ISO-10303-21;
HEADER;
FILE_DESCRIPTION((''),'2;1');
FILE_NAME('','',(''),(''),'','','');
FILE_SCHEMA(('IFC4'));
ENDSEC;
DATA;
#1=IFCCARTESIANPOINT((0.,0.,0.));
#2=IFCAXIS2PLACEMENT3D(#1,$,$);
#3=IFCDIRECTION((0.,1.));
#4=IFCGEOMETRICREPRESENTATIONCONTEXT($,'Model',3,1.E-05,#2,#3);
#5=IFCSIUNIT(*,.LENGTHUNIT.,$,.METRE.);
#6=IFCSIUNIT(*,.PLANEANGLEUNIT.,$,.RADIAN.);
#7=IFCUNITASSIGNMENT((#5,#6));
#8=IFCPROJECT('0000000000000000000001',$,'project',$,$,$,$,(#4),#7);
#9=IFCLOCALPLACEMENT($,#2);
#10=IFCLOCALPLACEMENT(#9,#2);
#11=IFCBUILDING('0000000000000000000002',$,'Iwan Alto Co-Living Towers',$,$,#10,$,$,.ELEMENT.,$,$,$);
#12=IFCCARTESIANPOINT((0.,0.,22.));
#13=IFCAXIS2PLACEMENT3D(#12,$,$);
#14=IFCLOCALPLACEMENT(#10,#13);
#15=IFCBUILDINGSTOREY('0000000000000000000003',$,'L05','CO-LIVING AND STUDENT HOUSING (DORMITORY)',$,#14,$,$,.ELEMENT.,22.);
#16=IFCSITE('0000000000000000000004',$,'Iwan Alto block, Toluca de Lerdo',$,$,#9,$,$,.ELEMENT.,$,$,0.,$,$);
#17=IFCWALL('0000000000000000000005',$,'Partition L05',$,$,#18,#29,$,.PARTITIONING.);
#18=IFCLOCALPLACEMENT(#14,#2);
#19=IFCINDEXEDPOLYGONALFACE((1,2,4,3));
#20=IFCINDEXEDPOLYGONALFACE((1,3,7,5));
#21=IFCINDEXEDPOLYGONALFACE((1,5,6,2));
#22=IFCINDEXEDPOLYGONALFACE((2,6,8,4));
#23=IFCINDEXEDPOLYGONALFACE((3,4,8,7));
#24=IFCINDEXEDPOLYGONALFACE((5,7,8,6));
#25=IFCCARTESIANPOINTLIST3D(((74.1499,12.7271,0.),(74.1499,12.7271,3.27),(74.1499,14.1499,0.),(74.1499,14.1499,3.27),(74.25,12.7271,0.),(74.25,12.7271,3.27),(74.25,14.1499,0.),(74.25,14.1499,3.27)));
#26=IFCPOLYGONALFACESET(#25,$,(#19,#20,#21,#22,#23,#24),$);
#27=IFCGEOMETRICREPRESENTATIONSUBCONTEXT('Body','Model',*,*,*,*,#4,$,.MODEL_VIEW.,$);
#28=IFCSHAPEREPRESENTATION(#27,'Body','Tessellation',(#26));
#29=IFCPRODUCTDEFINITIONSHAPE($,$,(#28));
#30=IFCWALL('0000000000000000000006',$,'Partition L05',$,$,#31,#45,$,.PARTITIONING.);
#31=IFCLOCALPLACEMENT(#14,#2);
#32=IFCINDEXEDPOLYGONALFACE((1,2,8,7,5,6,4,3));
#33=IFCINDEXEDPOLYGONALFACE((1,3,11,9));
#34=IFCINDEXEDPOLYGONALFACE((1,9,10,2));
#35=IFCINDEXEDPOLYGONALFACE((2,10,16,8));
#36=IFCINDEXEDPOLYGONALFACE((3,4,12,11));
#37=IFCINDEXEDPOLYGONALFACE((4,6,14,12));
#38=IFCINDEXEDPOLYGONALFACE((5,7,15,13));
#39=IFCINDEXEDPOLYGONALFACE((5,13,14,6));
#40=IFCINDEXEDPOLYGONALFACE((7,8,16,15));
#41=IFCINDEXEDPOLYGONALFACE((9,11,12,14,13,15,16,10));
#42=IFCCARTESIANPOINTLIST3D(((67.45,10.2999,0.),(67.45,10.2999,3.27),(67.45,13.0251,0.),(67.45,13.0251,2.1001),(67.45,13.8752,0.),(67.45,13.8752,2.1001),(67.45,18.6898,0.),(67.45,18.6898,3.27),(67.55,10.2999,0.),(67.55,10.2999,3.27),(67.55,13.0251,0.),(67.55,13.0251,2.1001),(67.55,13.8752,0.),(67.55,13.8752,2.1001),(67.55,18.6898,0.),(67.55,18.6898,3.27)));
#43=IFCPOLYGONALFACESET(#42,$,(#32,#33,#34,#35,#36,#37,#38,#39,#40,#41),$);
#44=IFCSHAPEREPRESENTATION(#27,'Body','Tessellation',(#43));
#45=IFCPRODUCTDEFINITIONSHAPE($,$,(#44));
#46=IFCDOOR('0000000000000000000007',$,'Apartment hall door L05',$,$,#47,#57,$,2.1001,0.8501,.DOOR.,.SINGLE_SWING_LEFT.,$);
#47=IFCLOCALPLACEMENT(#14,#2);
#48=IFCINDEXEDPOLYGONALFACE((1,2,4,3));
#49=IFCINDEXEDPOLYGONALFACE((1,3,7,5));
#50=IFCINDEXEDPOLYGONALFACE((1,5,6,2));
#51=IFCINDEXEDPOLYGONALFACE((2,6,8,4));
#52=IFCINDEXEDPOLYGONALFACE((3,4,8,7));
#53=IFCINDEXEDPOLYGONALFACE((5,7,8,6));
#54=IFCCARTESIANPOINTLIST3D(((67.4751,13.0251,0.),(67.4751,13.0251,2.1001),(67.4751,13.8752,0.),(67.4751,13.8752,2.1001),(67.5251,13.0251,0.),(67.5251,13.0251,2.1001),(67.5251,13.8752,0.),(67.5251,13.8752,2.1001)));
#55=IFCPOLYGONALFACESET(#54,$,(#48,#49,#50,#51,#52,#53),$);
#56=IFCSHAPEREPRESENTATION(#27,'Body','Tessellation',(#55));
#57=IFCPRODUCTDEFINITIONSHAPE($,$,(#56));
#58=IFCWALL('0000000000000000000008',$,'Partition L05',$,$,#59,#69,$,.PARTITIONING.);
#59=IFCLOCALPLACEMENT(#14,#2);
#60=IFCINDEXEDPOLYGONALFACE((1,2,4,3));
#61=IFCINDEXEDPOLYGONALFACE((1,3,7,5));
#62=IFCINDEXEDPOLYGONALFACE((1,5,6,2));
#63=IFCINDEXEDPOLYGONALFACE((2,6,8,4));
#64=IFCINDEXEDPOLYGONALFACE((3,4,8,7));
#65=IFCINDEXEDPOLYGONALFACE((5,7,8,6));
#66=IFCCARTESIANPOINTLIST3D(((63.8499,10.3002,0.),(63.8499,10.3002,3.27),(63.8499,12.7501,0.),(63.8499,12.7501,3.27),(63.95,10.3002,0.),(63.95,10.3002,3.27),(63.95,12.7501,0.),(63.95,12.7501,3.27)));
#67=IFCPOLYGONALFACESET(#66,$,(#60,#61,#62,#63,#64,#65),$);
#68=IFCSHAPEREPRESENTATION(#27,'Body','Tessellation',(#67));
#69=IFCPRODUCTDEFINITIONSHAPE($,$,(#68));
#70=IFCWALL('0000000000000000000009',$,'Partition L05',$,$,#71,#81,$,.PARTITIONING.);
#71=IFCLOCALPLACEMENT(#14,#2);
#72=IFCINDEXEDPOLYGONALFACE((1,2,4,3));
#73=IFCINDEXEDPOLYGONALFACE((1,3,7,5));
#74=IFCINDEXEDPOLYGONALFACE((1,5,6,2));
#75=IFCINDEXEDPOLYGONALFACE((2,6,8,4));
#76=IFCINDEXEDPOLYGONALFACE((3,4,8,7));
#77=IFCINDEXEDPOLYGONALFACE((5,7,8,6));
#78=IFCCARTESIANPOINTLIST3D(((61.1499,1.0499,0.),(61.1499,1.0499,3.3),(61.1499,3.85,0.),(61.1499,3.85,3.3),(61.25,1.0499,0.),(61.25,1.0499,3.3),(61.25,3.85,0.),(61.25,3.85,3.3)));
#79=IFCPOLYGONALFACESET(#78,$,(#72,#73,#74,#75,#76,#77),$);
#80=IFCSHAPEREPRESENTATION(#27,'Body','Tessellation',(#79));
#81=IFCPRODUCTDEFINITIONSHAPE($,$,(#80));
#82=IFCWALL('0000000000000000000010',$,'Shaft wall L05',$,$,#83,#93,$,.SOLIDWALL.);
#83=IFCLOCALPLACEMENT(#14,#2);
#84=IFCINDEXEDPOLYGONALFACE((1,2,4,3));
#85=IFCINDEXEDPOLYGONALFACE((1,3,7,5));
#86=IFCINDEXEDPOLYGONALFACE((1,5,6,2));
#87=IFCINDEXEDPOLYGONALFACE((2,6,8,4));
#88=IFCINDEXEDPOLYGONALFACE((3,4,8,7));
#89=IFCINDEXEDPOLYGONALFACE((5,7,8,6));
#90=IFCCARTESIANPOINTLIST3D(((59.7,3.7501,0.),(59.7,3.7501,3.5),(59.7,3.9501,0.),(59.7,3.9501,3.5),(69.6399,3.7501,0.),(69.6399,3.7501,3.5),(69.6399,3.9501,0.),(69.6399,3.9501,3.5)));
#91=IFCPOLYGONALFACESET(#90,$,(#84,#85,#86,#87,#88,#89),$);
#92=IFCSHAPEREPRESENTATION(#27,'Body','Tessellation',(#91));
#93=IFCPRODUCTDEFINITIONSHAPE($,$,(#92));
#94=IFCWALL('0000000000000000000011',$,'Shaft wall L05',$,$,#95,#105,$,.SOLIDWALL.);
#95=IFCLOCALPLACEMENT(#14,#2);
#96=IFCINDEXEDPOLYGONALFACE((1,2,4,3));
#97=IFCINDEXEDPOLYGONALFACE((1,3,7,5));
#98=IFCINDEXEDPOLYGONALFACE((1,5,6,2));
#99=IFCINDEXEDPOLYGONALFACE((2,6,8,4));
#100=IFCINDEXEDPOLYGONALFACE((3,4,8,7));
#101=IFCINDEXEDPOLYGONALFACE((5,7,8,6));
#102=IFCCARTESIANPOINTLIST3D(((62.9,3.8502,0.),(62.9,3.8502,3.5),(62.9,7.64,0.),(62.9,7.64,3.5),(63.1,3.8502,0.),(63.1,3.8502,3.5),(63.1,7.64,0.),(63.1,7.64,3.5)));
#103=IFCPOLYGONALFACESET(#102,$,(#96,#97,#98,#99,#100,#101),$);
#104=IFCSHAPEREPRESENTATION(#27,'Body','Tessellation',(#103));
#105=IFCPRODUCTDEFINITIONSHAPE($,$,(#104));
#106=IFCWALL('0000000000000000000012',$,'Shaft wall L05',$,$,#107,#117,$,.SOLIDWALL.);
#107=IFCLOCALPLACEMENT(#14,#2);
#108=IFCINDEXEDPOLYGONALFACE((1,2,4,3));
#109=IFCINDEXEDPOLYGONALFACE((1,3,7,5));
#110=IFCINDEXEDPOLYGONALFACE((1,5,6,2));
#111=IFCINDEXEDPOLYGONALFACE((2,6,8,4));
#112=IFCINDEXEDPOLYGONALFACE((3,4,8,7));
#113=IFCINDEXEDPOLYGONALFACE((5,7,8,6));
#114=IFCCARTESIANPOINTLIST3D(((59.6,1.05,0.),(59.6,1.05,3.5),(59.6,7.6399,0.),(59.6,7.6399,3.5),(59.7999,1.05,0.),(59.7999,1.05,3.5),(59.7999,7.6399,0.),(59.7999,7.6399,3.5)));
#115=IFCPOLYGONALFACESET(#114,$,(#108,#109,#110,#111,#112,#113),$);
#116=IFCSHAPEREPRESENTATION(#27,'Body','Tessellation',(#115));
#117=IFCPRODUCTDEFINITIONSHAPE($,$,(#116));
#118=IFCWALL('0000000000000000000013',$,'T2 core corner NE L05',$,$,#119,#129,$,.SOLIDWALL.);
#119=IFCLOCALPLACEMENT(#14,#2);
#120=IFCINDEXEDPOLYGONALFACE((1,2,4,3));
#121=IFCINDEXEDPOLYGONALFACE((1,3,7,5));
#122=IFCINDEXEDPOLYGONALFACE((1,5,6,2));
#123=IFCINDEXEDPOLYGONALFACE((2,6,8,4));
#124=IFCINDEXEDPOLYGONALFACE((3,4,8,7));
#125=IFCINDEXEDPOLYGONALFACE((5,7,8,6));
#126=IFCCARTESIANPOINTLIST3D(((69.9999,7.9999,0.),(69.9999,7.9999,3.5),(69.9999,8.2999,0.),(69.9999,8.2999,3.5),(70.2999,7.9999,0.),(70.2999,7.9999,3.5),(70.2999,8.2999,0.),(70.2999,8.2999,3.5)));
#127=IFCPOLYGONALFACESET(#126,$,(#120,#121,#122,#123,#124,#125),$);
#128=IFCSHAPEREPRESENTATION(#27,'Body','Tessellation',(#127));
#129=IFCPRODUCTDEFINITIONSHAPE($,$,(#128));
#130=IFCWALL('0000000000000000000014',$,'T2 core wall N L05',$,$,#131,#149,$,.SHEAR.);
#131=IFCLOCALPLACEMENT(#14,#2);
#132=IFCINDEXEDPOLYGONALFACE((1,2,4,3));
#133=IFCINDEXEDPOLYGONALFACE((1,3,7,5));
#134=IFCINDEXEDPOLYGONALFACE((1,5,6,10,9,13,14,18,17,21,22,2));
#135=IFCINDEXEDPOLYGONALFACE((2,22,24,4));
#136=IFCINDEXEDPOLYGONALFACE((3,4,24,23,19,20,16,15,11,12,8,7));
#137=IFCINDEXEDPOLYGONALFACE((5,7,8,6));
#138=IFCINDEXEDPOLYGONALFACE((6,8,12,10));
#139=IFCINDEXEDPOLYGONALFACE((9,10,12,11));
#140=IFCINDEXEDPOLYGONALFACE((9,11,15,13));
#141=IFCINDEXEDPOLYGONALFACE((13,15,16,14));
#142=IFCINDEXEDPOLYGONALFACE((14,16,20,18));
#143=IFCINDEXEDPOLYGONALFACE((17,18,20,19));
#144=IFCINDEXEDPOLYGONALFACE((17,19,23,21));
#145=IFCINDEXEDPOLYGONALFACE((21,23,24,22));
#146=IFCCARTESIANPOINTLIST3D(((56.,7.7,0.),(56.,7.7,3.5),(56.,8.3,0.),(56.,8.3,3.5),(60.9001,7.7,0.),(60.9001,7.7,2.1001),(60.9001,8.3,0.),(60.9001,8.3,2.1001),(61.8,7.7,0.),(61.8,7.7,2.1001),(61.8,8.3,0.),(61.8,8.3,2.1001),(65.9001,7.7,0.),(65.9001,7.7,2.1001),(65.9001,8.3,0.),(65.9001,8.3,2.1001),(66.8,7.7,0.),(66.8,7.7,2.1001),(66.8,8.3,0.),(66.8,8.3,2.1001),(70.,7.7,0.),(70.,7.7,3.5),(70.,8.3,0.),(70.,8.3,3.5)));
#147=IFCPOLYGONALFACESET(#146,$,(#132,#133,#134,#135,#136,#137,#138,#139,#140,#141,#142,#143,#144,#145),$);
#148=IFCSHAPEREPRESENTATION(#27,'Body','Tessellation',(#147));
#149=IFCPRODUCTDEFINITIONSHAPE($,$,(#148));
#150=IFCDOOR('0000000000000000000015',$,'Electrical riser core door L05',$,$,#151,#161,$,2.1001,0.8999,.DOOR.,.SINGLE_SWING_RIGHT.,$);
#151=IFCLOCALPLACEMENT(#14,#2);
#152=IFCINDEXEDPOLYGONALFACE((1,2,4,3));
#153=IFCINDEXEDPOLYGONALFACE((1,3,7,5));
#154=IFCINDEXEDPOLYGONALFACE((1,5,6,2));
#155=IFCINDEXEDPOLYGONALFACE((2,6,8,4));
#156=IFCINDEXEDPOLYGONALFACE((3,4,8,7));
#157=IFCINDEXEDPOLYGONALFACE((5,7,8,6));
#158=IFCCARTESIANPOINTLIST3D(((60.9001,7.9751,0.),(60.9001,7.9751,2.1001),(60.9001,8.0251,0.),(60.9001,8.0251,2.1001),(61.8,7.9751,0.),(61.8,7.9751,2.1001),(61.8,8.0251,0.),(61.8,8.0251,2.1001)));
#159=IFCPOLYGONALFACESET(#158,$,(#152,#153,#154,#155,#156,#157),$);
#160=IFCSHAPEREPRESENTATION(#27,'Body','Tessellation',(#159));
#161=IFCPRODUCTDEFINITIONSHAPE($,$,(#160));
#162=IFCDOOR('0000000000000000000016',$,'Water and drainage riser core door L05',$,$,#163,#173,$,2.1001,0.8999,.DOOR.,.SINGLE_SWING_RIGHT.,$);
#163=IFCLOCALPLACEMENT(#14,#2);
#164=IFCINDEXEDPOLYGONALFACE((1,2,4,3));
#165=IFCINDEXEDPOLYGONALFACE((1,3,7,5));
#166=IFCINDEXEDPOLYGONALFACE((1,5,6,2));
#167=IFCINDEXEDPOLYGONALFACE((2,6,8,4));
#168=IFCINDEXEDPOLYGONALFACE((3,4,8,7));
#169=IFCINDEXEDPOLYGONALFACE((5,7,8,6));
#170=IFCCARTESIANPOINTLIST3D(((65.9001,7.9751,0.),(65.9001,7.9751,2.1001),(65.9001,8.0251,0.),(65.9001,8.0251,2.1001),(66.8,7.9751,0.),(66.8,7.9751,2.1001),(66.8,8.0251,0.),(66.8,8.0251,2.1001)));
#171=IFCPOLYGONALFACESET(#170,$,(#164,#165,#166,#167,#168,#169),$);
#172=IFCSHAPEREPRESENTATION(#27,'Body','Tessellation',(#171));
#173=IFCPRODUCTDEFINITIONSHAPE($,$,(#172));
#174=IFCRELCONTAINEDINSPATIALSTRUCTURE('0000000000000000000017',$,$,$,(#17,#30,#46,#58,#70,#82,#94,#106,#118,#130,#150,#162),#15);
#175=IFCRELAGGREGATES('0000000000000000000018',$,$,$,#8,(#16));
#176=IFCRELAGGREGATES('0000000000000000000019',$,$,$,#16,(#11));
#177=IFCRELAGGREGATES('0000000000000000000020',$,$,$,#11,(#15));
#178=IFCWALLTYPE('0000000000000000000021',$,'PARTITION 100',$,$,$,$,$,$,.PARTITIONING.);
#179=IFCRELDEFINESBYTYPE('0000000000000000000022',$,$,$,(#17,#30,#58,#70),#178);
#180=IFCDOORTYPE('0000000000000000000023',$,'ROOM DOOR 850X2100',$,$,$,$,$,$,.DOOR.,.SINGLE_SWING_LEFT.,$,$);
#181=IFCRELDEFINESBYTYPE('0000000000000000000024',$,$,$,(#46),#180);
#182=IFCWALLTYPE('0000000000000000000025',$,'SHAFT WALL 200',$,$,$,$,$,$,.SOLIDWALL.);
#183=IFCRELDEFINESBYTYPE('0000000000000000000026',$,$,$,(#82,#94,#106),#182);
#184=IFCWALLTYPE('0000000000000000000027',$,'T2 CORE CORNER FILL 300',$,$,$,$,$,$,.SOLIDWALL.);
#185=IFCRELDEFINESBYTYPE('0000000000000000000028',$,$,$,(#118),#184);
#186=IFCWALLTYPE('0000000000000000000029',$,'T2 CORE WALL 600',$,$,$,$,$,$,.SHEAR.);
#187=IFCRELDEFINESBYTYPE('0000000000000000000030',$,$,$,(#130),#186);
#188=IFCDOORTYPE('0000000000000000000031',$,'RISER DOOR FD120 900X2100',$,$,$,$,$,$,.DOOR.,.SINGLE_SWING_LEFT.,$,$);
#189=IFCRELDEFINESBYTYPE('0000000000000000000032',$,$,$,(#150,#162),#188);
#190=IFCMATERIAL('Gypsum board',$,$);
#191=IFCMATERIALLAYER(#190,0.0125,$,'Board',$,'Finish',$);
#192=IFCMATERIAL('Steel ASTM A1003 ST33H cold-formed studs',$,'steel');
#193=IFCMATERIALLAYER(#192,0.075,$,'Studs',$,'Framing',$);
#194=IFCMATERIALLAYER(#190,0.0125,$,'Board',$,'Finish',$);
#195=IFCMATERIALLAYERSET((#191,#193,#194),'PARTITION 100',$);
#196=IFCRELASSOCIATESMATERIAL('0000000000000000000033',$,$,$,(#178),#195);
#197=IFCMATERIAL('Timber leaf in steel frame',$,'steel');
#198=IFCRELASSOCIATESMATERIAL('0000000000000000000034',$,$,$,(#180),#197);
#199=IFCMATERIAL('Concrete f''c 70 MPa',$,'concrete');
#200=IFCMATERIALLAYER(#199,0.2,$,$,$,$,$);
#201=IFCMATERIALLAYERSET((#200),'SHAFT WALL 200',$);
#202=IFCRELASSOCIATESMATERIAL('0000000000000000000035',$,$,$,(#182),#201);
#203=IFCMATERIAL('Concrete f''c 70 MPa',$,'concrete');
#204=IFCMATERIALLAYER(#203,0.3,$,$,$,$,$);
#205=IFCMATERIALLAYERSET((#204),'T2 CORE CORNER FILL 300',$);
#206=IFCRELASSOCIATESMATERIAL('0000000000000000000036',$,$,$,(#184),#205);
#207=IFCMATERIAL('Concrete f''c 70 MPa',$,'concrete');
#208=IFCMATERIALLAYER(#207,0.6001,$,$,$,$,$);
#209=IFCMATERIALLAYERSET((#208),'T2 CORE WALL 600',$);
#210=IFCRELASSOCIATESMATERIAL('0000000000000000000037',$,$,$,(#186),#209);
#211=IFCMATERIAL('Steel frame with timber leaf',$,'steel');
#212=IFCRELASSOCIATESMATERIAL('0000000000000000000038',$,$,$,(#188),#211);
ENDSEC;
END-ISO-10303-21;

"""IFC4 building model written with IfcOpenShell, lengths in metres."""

from ifc_helpers import new_model, si_unit, direction, frame, frame_2d, origin, place, context, subcontext, project, spatial, rectangle, extrude, material, layer, layer_set, type_object, element, fill, save


model = new_model("IFC4")

# Units and contexts
model_context = context("Model", 3, precision=1e-05, world=origin(), true_north=direction((0.0, 1.0)))
body_context = subcontext(model_context, "Body", "Model", "MODEL_VIEW")
ifc_project = project(units=[si_unit("LENGTHUNIT", "METRE"), si_unit("PLANEANGLEUNIT", "RADIAN")], contexts=[model_context])

# Site, building, storey
site_placement = place(None, origin())
site = spatial("IfcSite", under=ifc_project, at=site_placement, Name="Iwan Alto block, Toluca de Lerdo", CompositionType="ELEMENT", RefElevation=0.0)
building_placement = place(site_placement, origin())
building = spatial("IfcBuilding", under=site, at=building_placement, Name="Iwan Alto Co-Living Towers", CompositionType="ELEMENT")
storey_placement = place(building_placement, frame((0.0, 0.0, 22.0)))
storey = spatial("IfcBuildingStorey", under=building, at=storey_placement, Name="L05", Description="CO-LIVING AND STUDENT HOUSING (DORMITORY)", CompositionType="ELEMENT", Elevation=22.0)

# Shared definitions
ifc_material_1 = material(Name="Gypsum board")
ifc_layer_1 = layer(ifc_material_1, 0.0125, Name="Board", Category="Finish")
ifc_material_2 = material(Name="Steel ASTM A1003 ST33H cold-formed studs", Category="steel")
ifc_layer_2 = layer(ifc_material_2, 0.075, Name="Studs", Category="Framing")
ifc_layer_3 = layer(ifc_material_1, 0.0125, Name="Board", Category="Finish")
ifc_layer_set_1 = layer_set([ifc_layer_1, ifc_layer_2, ifc_layer_3], Name="PARTITION 100")
wall_type_1 = type_object("IfcWallType", Name="PARTITION 100", PredefinedType="PARTITIONING", material=ifc_layer_set_1)
ifc_material_3 = material(Name="Timber leaf in steel frame", Category="steel")
door_type_1 = type_object("IfcDoorType", Name="ROOM DOOR 850X2100", OperationType="SINGLE_SWING_LEFT", PredefinedType="DOOR", material=ifc_material_3)

# Wall
wall_1_placement = place(storey_placement, frame((74.2, 12.7271, 0.0), z_axis=(0.0, 0.0, 1.0), x_axis=(0.0, 1.0, 0.0)))
element("IfcWall", 1, at=wall_1_placement, inside=storey, type_object=wall_type_1, Name="Partition L05", PredefinedType="PARTITIONING", context=body_context, shape_type="SweptSolid", body=[
    extrude(rectangle(XDim=1.4229, YDim=0.1001, at=frame_2d((0.7114, 0.0))), origin(), (0.0, 0.0, 1.0), 3.27),
])

# Wall, opening, door
wall_2_placement = place(storey_placement, frame((67.5, 10.3, 0.0), z_axis=(0.0, 0.0, 1.0), x_axis=(0.0, 1.0, 0.0)))
wall_2 = element("IfcWall", 2, at=wall_2_placement, inside=storey, type_object=wall_type_1, Name="Partition L05", PredefinedType="PARTITIONING", context=body_context, shape_type="SweptSolid", body=[
    extrude(rectangle(XDim=8.3899, YDim=0.1001, at=frame_2d((4.1948, 0.0))), origin(), (0.0, 0.0, 1.0), 3.27),
])
opening_1_placement = place(wall_2_placement, frame((2.7251, 0.0, 0.0)))
opening_1 = element("IfcOpeningElement", 3, at=opening_1_placement, cuts=wall_2, PredefinedType="OPENING", context=body_context, shape_type="SweptSolid", body=[
    extrude(rectangle(XDim=0.8501, YDim=2.1001, at=frame_2d((0.425, 1.05))), frame((0.0, 0.0601, 0.0), z_axis=(0.0, -1.0, 0.0), x_axis=(1.0, 0.0, 0.0)), (0.0, 0.0, 1.0), 0.1201),
])
door_1_placement = place(opening_1_placement, origin())
door_1 = element("IfcDoor", 4, at=door_1_placement, inside=storey, type_object=door_type_1, Name="Apartment hall door L05", OperationType="SINGLE_SWING_LEFT", OverallHeight=2.1001, OverallWidth=0.8501, PredefinedType="DOOR", context=body_context, shape_type="SweptSolid", body=[
    extrude(rectangle(XDim=0.8501, YDim=2.1001, at=frame_2d((0.425, 1.05))), frame((0.0, 0.0249, 0.0), z_axis=(0.0, -1.0, 0.0), x_axis=(1.0, 0.0, 0.0)), (0.0, 0.0, 1.0), 0.05),
])
fill(opening_1, door_1)

# Walls
wall_3_placement = place(storey_placement, frame((63.8999, 10.3, 0.0), z_axis=(0.0, 0.0, 1.0), x_axis=(0.0, 1.0, 0.0)))
element("IfcWall", 5, at=wall_3_placement, inside=storey, type_object=wall_type_1, Name="Partition L05", PredefinedType="PARTITIONING", context=body_context, shape_type="SweptSolid", body=[
    extrude(rectangle(XDim=2.45, YDim=0.1001, at=frame_2d((1.2251, 0.0))), origin(), (0.0, 0.0, 1.0), 3.27),
])
wall_4_placement = place(storey_placement, frame((61.2, 1.05, 0.0), z_axis=(0.0, 0.0, 1.0), x_axis=(0.0, 1.0, 0.0)))
element("IfcWall", 6, at=wall_4_placement, inside=storey, type_object=wall_type_1, Name="Partition L05", PredefinedType="PARTITIONING", context=body_context, shape_type="SweptSolid", body=[
    extrude(rectangle(XDim=2.8, YDim=0.1001, at=frame_2d((1.3999, 0.0))), origin(), (0.0, 0.0, 1.0), 3.3),
])
ifc_material_4 = material(Name="Concrete f'c 70 MPa", Category="concrete")
ifc_layer_4 = layer(ifc_material_4, 0.2)
ifc_layer_set_2 = layer_set([ifc_layer_4], Name="SHAFT WALL 200")
wall_type_2 = type_object("IfcWallType", Name="SHAFT WALL 200", PredefinedType="SOLIDWALL", material=ifc_layer_set_2)
wall_5_placement = place(storey_placement, frame((59.7, 3.8501, 0.0), z_axis=(0.0, 0.0, 1.0), x_axis=(1.0, 0.0, 0.0)))
element("IfcWall", 7, at=wall_5_placement, inside=storey, type_object=wall_type_2, Name="Shaft wall L05", PredefinedType="SOLIDWALL", context=body_context, shape_type="SweptSolid", body=[
    extrude(rectangle(XDim=9.9399, YDim=0.2, at=frame_2d((4.97, 0.0))), origin(), (0.0, 0.0, 1.0), 3.5),
])
wall_6_placement = place(storey_placement, frame((63.0, 3.8501, 0.0), z_axis=(0.0, 0.0, 1.0), x_axis=(0.0, 1.0, 0.0)))
element("IfcWall", 8, at=wall_6_placement, inside=storey, type_object=wall_type_2, Name="Shaft wall L05", PredefinedType="SOLIDWALL", context=body_context, shape_type="SweptSolid", body=[
    extrude(rectangle(XDim=3.7898, YDim=0.2, at=frame_2d((1.895, 0.0))), origin(), (0.0, 0.0, 1.0), 3.5),
])
wall_7_placement = place(storey_placement, frame((59.7, 1.05, 0.0), z_axis=(0.0, 0.0, 1.0), x_axis=(0.0, 1.0, 0.0)))
element("IfcWall", 9, at=wall_7_placement, inside=storey, type_object=wall_type_2, Name="Shaft wall L05", PredefinedType="SOLIDWALL", context=body_context, shape_type="SweptSolid", body=[
    extrude(rectangle(XDim=6.5898, YDim=0.2, at=frame_2d((3.2949, 0.0))), origin(), (0.0, 0.0, 1.0), 3.5),
])
ifc_material_5 = material(Name="Concrete f'c 70 MPa", Category="concrete")
ifc_layer_5 = layer(ifc_material_5, 0.3)
ifc_layer_set_3 = layer_set([ifc_layer_5], Name="T2 CORE CORNER FILL 300")
wall_type_3 = type_object("IfcWallType", Name="T2 CORE CORNER FILL 300", PredefinedType="SOLIDWALL", material=ifc_layer_set_3)
wall_8_placement = place(storey_placement, frame((70.0, 8.1499, 0.0), z_axis=(0.0, 0.0, 1.0), x_axis=(1.0, 0.0, 0.0)))
element("IfcWall", 10, at=wall_8_placement, inside=storey, type_object=wall_type_3, Name="T2 core corner NE L05", PredefinedType="SOLIDWALL", context=body_context, shape_type="SweptSolid", body=[
    extrude(rectangle(XDim=0.3, YDim=0.3, at=frame_2d((0.1499, 0.0))), origin(), (0.0, 0.0, 1.0), 3.5),
])

# Wall, openings, doors
ifc_material_6 = material(Name="Concrete f'c 70 MPa", Category="concrete")
ifc_layer_6 = layer(ifc_material_6, 0.6001)
ifc_layer_set_4 = layer_set([ifc_layer_6], Name="T2 CORE WALL 600")
wall_type_4 = type_object("IfcWallType", Name="T2 CORE WALL 600", PredefinedType="SHEAR", material=ifc_layer_set_4)
wall_9_placement = place(storey_placement, frame((70.0, 8.0, 0.0), z_axis=(0.0, 0.0, 1.0), x_axis=(-1.0, 0.0, 0.0)))
wall_9 = element("IfcWall", 11, at=wall_9_placement, inside=storey, type_object=wall_type_4, Name="T2 core wall N L05", PredefinedType="SHEAR", context=body_context, shape_type="SweptSolid", body=[
    extrude(rectangle(XDim=14.0, YDim=0.6001, at=frame_2d((7.0, 0.0))), origin(), (0.0, 0.0, 1.0), 3.5),
])
opening_2_placement = place(wall_9_placement, frame((8.2, 0.0, 0.0)))
opening_2 = element("IfcOpeningElement", 12, at=opening_2_placement, cuts=wall_9, PredefinedType="OPENING", context=body_context, shape_type="SweptSolid", body=[
    extrude(rectangle(XDim=0.8999, YDim=2.1001, at=frame_2d((0.45, 1.05))), frame((0.0, 0.3101, 0.0), z_axis=(0.0, -1.0, 0.0), x_axis=(1.0, 0.0, 0.0)), (0.0, 0.0, 1.0), 0.6201),
])
opening_3_placement = place(wall_9_placement, frame((3.2, 0.0, 0.0)))
opening_3 = element("IfcOpeningElement", 13, at=opening_3_placement, cuts=wall_9, PredefinedType="OPENING", context=body_context, shape_type="SweptSolid", body=[
    extrude(rectangle(XDim=0.8999, YDim=2.1001, at=frame_2d((0.45, 1.05))), frame((0.0, 0.3101, 0.0), z_axis=(0.0, -1.0, 0.0), x_axis=(1.0, 0.0, 0.0)), (0.0, 0.0, 1.0), 0.6201),
])
ifc_material_7 = material(Name="Steel frame with timber leaf", Category="steel")
door_type_2 = type_object("IfcDoorType", Name="RISER DOOR FD120 900X2100", OperationType="SINGLE_SWING_LEFT", PredefinedType="DOOR", material=ifc_material_7)
door_2_placement = place(opening_2_placement, origin())
door_2 = element("IfcDoor", 14, at=door_2_placement, inside=storey, type_object=door_type_2, Name="Electrical riser core door L05", OperationType="SINGLE_SWING_RIGHT", OverallHeight=2.1001, OverallWidth=0.8999, PredefinedType="DOOR", context=body_context, shape_type="SweptSolid", body=[
    extrude(rectangle(XDim=0.8999, YDim=2.1001, at=frame_2d((0.45, 1.05))), frame((0.0, 0.0249, 0.0), z_axis=(0.0, -1.0, 0.0), x_axis=(1.0, 0.0, 0.0)), (0.0, 0.0, 1.0), 0.05),
])
fill(opening_2, door_2)
door_3_placement = place(opening_3_placement, origin())
door_3 = element("IfcDoor", 15, at=door_3_placement, inside=storey, type_object=door_type_2, Name="Water and drainage riser core door L05", OperationType="SINGLE_SWING_RIGHT", OverallHeight=2.1001, OverallWidth=0.8999, PredefinedType="DOOR", context=body_context, shape_type="SweptSolid", body=[
    extrude(rectangle(XDim=0.8999, YDim=2.1001, at=frame_2d((0.45, 1.05))), frame((0.0, 0.0249, 0.0), z_axis=(0.0, -1.0, 0.0), x_axis=(1.0, 0.0, 0.0)), (0.0, 0.0, 1.0), 0.05),
])
fill(opening_3, door_3)

save(model, "model.ifc")
